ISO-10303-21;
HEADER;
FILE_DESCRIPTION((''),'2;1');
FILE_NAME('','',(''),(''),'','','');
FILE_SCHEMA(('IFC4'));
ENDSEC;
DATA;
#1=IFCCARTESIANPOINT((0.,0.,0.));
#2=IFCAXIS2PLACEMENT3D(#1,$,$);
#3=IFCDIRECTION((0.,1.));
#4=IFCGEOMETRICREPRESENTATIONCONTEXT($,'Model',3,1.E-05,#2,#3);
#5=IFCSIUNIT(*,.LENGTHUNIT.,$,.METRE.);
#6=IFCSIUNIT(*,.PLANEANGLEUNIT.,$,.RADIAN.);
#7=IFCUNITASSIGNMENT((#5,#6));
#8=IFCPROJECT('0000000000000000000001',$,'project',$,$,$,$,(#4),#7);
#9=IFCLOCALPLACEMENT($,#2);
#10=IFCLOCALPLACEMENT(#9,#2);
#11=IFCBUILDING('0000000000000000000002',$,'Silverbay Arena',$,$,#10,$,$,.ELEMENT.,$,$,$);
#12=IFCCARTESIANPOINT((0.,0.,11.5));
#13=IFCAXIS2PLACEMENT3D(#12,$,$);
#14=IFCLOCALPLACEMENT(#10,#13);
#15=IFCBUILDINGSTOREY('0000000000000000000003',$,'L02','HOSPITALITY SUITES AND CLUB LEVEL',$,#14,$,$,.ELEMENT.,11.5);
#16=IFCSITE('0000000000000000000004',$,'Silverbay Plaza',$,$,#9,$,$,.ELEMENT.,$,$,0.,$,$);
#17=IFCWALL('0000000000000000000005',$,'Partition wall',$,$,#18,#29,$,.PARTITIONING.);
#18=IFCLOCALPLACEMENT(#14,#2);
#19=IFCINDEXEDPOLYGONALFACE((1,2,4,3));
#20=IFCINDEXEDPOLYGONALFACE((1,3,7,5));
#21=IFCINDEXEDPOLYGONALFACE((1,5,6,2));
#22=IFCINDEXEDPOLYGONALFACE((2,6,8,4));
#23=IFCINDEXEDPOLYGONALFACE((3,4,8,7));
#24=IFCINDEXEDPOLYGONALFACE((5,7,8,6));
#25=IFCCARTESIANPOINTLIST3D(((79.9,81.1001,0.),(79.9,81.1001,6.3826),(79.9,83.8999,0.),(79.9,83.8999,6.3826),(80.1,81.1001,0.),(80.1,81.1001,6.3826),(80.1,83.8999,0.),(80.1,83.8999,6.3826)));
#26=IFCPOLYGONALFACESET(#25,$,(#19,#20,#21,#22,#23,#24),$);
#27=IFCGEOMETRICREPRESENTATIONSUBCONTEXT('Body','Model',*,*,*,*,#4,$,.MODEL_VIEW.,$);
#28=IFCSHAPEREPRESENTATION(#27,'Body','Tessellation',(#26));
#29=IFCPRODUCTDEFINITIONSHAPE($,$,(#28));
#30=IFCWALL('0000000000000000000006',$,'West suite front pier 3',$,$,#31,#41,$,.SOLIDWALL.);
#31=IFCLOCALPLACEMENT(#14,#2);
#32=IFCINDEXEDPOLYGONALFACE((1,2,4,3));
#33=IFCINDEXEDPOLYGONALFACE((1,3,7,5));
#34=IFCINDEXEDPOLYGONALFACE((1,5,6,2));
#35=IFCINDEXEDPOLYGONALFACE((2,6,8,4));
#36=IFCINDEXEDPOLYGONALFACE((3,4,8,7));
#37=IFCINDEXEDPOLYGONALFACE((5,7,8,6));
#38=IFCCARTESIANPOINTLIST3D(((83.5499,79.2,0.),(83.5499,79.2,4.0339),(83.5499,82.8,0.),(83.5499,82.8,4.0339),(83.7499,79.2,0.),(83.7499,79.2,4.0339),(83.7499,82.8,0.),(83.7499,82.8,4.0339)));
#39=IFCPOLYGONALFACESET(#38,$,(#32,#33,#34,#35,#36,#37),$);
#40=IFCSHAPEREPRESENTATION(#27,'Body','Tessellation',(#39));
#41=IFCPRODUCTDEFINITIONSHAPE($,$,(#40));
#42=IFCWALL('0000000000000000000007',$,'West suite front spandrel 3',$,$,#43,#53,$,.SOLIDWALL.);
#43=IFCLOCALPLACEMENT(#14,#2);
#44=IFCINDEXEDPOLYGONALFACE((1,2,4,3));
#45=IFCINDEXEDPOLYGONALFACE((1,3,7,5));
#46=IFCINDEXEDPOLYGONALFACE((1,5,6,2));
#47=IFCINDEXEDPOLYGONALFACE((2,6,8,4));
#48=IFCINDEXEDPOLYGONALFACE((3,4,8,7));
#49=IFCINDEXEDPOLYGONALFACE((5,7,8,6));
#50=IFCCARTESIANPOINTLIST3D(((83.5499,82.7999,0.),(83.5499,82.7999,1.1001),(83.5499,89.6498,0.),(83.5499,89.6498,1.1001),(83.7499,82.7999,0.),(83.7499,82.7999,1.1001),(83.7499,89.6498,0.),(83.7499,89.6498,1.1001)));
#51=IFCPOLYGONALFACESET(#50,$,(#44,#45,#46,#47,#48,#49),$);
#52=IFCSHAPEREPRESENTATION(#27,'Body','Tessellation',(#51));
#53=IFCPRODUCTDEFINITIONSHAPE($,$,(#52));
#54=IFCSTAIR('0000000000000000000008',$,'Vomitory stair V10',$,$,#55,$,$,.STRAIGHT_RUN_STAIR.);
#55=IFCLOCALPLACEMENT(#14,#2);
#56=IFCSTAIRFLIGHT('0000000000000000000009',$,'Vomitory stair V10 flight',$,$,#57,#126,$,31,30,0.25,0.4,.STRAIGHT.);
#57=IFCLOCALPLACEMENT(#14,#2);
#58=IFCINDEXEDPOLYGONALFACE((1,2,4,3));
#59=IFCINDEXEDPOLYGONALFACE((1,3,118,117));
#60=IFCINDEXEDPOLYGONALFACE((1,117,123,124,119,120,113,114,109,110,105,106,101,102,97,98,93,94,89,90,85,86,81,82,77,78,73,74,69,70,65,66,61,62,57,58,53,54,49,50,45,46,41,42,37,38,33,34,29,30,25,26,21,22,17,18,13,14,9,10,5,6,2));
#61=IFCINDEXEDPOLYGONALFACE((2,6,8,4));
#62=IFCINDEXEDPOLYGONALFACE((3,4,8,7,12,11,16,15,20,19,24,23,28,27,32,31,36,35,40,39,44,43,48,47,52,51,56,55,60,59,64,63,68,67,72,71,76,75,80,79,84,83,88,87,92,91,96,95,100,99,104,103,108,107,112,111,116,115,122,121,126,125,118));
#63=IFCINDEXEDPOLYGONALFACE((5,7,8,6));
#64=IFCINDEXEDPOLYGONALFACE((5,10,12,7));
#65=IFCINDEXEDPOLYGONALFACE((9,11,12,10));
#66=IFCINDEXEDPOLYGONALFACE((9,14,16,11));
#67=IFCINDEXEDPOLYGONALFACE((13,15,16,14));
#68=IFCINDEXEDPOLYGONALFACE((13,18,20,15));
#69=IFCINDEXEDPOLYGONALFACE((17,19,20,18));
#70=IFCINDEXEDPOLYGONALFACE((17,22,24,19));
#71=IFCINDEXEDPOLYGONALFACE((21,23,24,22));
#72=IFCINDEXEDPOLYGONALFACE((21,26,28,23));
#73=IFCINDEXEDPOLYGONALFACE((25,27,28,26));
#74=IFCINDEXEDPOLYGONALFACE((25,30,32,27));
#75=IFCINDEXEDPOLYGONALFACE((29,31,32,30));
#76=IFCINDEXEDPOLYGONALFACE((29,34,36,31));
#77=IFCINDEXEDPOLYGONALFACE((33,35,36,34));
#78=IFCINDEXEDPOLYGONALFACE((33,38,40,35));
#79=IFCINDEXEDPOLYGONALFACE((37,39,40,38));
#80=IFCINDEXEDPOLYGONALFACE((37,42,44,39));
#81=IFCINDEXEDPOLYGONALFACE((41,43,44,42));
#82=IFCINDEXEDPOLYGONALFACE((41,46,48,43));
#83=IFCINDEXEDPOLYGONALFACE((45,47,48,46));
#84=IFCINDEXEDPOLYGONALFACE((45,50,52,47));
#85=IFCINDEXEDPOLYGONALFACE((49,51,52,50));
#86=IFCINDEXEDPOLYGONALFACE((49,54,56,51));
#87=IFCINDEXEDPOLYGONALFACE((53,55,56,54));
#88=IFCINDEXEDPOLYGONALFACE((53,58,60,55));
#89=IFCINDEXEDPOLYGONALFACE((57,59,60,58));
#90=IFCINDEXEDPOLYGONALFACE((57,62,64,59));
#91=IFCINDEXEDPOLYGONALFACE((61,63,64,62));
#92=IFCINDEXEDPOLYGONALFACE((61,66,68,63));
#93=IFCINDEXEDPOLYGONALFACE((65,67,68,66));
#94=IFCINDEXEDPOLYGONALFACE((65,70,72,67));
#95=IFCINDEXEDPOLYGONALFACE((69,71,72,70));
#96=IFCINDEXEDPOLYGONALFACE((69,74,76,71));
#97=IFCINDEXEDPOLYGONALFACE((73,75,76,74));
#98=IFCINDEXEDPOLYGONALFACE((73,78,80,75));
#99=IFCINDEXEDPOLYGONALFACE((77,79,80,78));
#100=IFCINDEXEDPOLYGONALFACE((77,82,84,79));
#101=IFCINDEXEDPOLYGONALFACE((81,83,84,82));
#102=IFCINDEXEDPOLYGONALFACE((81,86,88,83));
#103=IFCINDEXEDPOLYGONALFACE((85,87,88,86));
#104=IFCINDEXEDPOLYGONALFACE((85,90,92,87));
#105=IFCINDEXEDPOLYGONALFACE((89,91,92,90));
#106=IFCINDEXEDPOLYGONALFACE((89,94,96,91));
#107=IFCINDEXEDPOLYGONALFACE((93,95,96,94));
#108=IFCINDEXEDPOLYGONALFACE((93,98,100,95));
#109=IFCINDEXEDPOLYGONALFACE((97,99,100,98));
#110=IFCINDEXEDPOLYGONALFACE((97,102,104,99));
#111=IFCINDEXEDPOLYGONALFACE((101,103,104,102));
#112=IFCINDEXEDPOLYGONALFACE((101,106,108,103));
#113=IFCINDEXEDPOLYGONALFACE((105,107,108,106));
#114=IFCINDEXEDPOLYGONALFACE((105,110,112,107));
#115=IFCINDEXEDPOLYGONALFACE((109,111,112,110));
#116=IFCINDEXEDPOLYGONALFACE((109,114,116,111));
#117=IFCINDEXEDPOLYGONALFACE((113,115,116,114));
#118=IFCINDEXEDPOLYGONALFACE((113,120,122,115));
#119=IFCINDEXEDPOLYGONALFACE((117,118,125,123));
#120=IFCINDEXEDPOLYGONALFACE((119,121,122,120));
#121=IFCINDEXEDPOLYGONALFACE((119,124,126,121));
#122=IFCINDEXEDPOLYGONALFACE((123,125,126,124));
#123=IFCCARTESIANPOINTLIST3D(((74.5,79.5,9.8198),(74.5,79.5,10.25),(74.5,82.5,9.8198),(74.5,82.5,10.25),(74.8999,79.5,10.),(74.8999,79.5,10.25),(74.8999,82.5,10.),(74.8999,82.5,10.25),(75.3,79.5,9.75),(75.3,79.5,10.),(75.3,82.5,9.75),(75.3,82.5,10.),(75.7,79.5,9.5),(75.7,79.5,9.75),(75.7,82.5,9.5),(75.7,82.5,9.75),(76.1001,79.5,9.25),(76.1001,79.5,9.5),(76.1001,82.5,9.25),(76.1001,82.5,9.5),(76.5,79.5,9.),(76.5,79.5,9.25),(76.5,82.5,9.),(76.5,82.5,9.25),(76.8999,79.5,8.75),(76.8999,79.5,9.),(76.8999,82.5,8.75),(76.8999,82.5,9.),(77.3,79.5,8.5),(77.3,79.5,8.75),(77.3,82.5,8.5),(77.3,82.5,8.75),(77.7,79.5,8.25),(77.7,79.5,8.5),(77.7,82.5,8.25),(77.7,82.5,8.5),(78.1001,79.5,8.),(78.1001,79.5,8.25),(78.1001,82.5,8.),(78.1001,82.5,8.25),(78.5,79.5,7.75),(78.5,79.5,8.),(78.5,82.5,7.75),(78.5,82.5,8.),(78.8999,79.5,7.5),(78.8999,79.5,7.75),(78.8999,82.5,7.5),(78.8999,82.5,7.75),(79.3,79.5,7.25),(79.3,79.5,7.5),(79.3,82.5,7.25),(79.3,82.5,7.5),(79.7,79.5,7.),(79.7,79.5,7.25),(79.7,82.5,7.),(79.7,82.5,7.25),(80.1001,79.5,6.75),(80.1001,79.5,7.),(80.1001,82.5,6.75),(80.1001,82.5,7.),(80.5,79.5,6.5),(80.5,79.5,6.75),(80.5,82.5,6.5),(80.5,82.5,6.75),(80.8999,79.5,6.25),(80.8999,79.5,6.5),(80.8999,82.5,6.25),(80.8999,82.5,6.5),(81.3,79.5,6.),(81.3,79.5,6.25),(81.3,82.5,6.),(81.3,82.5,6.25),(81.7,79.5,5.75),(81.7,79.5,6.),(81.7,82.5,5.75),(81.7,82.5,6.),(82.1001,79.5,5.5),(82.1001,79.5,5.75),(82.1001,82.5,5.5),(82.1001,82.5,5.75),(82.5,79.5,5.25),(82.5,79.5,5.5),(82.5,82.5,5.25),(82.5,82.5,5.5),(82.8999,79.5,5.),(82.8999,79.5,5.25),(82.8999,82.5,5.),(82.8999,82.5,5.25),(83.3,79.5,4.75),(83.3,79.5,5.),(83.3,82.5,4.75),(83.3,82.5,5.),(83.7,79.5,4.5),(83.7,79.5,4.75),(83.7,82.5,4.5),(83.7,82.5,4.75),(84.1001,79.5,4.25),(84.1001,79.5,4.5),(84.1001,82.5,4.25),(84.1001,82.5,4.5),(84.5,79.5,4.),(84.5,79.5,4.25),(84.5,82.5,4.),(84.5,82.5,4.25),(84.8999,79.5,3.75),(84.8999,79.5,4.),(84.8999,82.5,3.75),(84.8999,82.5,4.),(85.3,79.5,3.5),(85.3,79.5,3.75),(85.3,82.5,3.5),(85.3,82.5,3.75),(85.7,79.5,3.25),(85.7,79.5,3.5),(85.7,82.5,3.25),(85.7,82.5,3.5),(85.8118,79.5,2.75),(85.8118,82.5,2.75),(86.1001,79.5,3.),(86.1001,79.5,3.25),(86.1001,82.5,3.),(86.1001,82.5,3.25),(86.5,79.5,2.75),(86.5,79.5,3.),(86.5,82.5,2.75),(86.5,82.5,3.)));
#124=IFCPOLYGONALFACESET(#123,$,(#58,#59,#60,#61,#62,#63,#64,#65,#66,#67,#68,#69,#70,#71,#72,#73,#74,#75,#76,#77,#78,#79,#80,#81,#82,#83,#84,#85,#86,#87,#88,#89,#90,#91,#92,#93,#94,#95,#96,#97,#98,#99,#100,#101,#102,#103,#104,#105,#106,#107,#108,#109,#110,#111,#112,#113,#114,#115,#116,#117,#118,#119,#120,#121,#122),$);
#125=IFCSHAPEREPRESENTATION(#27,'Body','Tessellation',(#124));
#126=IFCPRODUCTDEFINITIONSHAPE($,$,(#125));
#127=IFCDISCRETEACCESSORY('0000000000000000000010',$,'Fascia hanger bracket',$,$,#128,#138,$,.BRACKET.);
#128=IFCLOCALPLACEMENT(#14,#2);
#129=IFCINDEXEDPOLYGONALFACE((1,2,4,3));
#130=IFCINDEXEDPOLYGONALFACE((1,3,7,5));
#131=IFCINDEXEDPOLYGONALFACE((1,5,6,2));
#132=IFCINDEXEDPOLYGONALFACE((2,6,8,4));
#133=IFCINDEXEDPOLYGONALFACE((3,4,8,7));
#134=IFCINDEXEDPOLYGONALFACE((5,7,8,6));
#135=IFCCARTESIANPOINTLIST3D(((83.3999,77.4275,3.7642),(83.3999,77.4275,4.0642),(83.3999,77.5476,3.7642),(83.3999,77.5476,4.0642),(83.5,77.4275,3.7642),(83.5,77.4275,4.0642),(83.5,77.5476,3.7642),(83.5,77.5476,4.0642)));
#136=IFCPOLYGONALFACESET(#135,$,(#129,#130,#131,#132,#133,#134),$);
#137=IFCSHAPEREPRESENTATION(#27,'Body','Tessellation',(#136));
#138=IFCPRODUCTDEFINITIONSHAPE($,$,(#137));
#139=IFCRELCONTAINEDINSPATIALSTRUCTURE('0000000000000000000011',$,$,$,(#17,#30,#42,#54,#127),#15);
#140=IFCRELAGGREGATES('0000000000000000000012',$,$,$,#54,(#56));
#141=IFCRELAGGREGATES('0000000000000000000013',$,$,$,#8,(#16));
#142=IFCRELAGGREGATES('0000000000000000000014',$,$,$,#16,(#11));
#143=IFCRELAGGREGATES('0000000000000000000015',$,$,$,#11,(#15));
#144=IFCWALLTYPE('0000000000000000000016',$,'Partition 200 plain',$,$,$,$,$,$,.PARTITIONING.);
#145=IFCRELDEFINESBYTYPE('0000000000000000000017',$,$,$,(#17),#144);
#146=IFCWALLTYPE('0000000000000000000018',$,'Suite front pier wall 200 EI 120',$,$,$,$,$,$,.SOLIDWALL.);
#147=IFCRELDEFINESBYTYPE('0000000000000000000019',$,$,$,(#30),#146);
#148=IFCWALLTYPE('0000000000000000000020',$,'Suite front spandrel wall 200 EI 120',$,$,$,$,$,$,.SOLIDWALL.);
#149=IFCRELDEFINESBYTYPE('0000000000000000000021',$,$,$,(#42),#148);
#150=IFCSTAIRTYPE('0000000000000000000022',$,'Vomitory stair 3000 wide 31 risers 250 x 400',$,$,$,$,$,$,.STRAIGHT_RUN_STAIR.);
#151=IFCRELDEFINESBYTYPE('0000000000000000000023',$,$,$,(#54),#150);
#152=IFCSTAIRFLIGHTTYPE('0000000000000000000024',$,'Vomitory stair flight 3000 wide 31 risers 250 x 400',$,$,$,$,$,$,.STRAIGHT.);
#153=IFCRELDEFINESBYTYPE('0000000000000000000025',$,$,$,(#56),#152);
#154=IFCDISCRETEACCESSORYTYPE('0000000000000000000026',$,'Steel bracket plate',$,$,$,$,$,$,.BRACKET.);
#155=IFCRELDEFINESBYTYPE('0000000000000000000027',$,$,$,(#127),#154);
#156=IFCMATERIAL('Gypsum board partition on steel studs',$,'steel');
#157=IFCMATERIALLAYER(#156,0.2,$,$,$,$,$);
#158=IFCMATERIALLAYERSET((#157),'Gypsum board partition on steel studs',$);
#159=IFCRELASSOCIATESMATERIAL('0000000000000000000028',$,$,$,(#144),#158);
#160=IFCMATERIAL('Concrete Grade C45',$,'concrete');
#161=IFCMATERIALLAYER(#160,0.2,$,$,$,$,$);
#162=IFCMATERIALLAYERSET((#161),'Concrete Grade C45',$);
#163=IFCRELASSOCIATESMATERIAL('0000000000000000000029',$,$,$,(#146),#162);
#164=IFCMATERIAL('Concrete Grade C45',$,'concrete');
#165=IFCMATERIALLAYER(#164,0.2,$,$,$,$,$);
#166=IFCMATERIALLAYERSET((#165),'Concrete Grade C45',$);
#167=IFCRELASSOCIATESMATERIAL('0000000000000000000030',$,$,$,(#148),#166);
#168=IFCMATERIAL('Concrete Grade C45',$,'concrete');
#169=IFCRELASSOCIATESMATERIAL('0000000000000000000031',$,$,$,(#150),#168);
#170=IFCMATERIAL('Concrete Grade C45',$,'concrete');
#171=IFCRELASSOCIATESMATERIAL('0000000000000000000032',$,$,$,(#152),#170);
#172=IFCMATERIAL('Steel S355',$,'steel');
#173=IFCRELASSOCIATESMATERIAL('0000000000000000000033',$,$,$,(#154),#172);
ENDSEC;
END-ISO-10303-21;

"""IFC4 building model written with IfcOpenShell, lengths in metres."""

from ifc_helpers import new_model, si_unit, direction, frame, frame_2d, origin, origin_2d, place, context, subcontext, project, spatial, polyline, rectangle, outline, extrude, material, layer, layer_set, type_object, element, aggregate, save


model = new_model("IFC4")

# Units and contexts
model_context = context("Model", 3, precision=1e-05, world=origin(), true_north=direction((0.0, 1.0)))
body_context = subcontext(model_context, "Body", "Model", "MODEL_VIEW")
ifc_project = project(units=[si_unit("LENGTHUNIT", "METRE"), si_unit("PLANEANGLEUNIT", "RADIAN")], contexts=[model_context])

# Site, building, storey
site_placement = place(None, origin())
site = spatial("IfcSite", under=ifc_project, at=site_placement, Name="Silverbay Plaza", CompositionType="ELEMENT", RefElevation=0.0)
building_placement = place(site_placement, origin())
building = spatial("IfcBuilding", under=site, at=building_placement, Name="Silverbay Arena", CompositionType="ELEMENT")
storey_placement = place(building_placement, frame((0.0, 0.0, 11.5)))
storey = spatial("IfcBuildingStorey", under=building, at=storey_placement, Name="L02", Description="HOSPITALITY SUITES AND CLUB LEVEL", CompositionType="ELEMENT", Elevation=11.5)

# Walls
ifc_material_1 = material(Name="Gypsum board partition on steel studs", Category="steel")
ifc_layer_1 = layer(ifc_material_1, 0.2)
ifc_layer_set_1 = layer_set([ifc_layer_1], Name="Gypsum board partition on steel studs")
wall_type_1 = type_object("IfcWallType", Name="Partition 200 plain", PredefinedType="PARTITIONING", material=ifc_layer_set_1)
wall_1_placement = place(storey_placement, frame((80.0, 81.1001, 0.0), z_axis=(0.0, 0.0, 1.0), x_axis=(0.0, 1.0, 0.0)))
element("IfcWall", 1, at=wall_1_placement, inside=storey, type_object=wall_type_1, Name="Partition wall", PredefinedType="PARTITIONING", context=body_context, shape_type="SweptSolid", body=[
    extrude(rectangle(XDim=2.7998, YDim=0.2, at=frame_2d((1.3999, 0.0))), origin(), (0.0, 0.0, 1.0), 6.3826),
])
ifc_material_2 = material(Name="Concrete Grade C45", Category="concrete")
ifc_layer_2 = layer(ifc_material_2, 0.2)
ifc_layer_set_2 = layer_set([ifc_layer_2], Name="Concrete Grade C45")
wall_type_2 = type_object("IfcWallType", Name="Suite front pier wall 200 EI 120", PredefinedType="SOLIDWALL", material=ifc_layer_set_2)
wall_2_placement = place(storey_placement, frame((83.6499, 79.2, 0.0), z_axis=(0.0, 0.0, 1.0), x_axis=(0.0, 1.0, 0.0)))
element("IfcWall", 2, at=wall_2_placement, inside=storey, type_object=wall_type_2, Name="West suite front pier 3", PredefinedType="SOLIDWALL", context=body_context, shape_type="SweptSolid", body=[
    extrude(rectangle(XDim=3.6001, YDim=0.2, at=frame_2d((1.8, 0.0))), origin(), (0.0, 0.0, 1.0), 4.0339),
])
ifc_material_3 = material(Name="Concrete Grade C45", Category="concrete")
ifc_layer_3 = layer(ifc_material_3, 0.2)
ifc_layer_set_3 = layer_set([ifc_layer_3], Name="Concrete Grade C45")
wall_type_3 = type_object("IfcWallType", Name="Suite front spandrel wall 200 EI 120", PredefinedType="SOLIDWALL", material=ifc_layer_set_3)
wall_3_placement = place(storey_placement, frame((83.6499, 82.8, 0.0), z_axis=(0.0, 0.0, 1.0), x_axis=(0.0, 1.0, 0.0)))
element("IfcWall", 3, at=wall_3_placement, inside=storey, type_object=wall_type_3, Name="West suite front spandrel 3", PredefinedType="SOLIDWALL", context=body_context, shape_type="SweptSolid", body=[
    extrude(rectangle(XDim=6.8499, YDim=0.2, at=frame_2d((3.4248, 0.0))), origin(), (0.0, 0.0, 1.0), 1.1001),
])

# Stair, stair flight
ifc_material_4 = material(Name="Concrete Grade C45", Category="concrete")
stair_type = type_object("IfcStairType", Name="Vomitory stair 3000 wide 31 risers 250 x 400", PredefinedType="STRAIGHT_RUN_STAIR", material=ifc_material_4)
stair_placement = place(storey_placement, origin())
stair = element("IfcStair", 4, at=stair_placement, inside=storey, type_object=stair_type, Name="Vomitory stair V10", PredefinedType="STRAIGHT_RUN_STAIR")
ifc_material_5 = material(Name="Concrete Grade C45", Category="concrete")
stair_flight_type = type_object("IfcStairFlightType", Name="Vomitory stair flight 3000 wide 31 risers 250 x 400", PredefinedType="STRAIGHT", material=ifc_material_5)
stair_flight_placement = place(storey_placement, frame((86.5, 81.0, 2.75), z_axis=(0.0, 0.0, 1.0), x_axis=(-1.0, 0.0, 0.0)))
stair_flight = element("IfcStairFlight", 5, at=stair_flight_placement, type_object=stair_flight_type, Name="Vomitory stair V10 flight", NumberOfRisers=31, NumberOfTreads=30, PredefinedType="STRAIGHT", RiserHeight=0.25, TreadLength=0.4, context=body_context, shape_type="SweptSolid", body=[
    extrude(outline(polyline([(0.0, 0.0), (0.0, 0.25), (0.3999, 0.25), (0.3999, 0.5), (0.8, 0.5), (0.8, 0.75), (1.2, 0.75), (1.2, 1.0), (1.6001, 1.0), (1.6001, 1.25), (2.0, 1.25), (2.0, 1.5), (2.3999, 1.5), (2.3999, 1.75), (2.8, 1.75), (2.8, 2.0), (3.2, 2.0), (3.2, 2.25), (3.6001, 2.25), (3.6001, 2.5), (4.0, 2.5), (4.0, 2.75), (4.3999, 2.75), (4.3999, 3.0), (4.8, 3.0), (4.8, 3.25), (5.2, 3.25), (5.2, 3.5), (5.6001, 3.5), (5.6001, 3.75), (6.0, 3.75), (6.0, 4.0), (6.3999, 4.0), (6.3999, 4.25), (6.8, 4.25), (6.8, 4.5), (7.2, 4.5), (7.2, 4.75), (7.6001, 4.75), (7.6001, 5.0), (8.0, 5.0), (8.0, 5.25), (8.3999, 5.25), (8.3999, 5.5), (8.8, 5.5), (8.8, 5.75), (9.2, 5.75), (9.2, 6.0), (9.6001, 6.0), (9.6001, 6.25), (10.0, 6.25), (10.0, 6.5), (10.3999, 6.5), (10.3999, 6.75), (10.8, 6.75), (10.8, 7.0), (11.2, 7.0), (11.2, 7.25), (11.6001, 7.25), (11.6001, 7.5), (12.0, 7.5), (12.0, 7.0698), (0.6882, 0.0), (0.0, 0.0)])), frame((0.0, 1.5, 0.0), z_axis=(0.0, -1.0, 0.0), x_axis=(1.0, 0.0, 0.0)), (0.0, 0.0, 1.0), 3.0),
])
aggregate(stair, [stair_flight])

# Discrete accessory
ifc_material_6 = material(Name="Steel S355", Category="steel")
discrete_accessory_type = type_object("IfcDiscreteAccessoryType", Name="Steel bracket plate", PredefinedType="BRACKET", material=ifc_material_6)
discrete_accessory_placement = place(storey_placement, frame((83.45, 77.4875, 3.7642), z_axis=(0.0, 0.0, 1.0), x_axis=(0.0, 1.0, 0.0)))
element("IfcDiscreteAccessory", 6, at=discrete_accessory_placement, inside=storey, type_object=discrete_accessory_type, Name="Fascia hanger bracket", PredefinedType="BRACKET", context=body_context, shape_type="SweptSolid", body=[
    extrude(rectangle(XDim=0.1201, YDim=0.1001, at=origin_2d()), origin(), (0.0, 0.0, 1.0), 0.3),
])

save(model, "model.ifc")
